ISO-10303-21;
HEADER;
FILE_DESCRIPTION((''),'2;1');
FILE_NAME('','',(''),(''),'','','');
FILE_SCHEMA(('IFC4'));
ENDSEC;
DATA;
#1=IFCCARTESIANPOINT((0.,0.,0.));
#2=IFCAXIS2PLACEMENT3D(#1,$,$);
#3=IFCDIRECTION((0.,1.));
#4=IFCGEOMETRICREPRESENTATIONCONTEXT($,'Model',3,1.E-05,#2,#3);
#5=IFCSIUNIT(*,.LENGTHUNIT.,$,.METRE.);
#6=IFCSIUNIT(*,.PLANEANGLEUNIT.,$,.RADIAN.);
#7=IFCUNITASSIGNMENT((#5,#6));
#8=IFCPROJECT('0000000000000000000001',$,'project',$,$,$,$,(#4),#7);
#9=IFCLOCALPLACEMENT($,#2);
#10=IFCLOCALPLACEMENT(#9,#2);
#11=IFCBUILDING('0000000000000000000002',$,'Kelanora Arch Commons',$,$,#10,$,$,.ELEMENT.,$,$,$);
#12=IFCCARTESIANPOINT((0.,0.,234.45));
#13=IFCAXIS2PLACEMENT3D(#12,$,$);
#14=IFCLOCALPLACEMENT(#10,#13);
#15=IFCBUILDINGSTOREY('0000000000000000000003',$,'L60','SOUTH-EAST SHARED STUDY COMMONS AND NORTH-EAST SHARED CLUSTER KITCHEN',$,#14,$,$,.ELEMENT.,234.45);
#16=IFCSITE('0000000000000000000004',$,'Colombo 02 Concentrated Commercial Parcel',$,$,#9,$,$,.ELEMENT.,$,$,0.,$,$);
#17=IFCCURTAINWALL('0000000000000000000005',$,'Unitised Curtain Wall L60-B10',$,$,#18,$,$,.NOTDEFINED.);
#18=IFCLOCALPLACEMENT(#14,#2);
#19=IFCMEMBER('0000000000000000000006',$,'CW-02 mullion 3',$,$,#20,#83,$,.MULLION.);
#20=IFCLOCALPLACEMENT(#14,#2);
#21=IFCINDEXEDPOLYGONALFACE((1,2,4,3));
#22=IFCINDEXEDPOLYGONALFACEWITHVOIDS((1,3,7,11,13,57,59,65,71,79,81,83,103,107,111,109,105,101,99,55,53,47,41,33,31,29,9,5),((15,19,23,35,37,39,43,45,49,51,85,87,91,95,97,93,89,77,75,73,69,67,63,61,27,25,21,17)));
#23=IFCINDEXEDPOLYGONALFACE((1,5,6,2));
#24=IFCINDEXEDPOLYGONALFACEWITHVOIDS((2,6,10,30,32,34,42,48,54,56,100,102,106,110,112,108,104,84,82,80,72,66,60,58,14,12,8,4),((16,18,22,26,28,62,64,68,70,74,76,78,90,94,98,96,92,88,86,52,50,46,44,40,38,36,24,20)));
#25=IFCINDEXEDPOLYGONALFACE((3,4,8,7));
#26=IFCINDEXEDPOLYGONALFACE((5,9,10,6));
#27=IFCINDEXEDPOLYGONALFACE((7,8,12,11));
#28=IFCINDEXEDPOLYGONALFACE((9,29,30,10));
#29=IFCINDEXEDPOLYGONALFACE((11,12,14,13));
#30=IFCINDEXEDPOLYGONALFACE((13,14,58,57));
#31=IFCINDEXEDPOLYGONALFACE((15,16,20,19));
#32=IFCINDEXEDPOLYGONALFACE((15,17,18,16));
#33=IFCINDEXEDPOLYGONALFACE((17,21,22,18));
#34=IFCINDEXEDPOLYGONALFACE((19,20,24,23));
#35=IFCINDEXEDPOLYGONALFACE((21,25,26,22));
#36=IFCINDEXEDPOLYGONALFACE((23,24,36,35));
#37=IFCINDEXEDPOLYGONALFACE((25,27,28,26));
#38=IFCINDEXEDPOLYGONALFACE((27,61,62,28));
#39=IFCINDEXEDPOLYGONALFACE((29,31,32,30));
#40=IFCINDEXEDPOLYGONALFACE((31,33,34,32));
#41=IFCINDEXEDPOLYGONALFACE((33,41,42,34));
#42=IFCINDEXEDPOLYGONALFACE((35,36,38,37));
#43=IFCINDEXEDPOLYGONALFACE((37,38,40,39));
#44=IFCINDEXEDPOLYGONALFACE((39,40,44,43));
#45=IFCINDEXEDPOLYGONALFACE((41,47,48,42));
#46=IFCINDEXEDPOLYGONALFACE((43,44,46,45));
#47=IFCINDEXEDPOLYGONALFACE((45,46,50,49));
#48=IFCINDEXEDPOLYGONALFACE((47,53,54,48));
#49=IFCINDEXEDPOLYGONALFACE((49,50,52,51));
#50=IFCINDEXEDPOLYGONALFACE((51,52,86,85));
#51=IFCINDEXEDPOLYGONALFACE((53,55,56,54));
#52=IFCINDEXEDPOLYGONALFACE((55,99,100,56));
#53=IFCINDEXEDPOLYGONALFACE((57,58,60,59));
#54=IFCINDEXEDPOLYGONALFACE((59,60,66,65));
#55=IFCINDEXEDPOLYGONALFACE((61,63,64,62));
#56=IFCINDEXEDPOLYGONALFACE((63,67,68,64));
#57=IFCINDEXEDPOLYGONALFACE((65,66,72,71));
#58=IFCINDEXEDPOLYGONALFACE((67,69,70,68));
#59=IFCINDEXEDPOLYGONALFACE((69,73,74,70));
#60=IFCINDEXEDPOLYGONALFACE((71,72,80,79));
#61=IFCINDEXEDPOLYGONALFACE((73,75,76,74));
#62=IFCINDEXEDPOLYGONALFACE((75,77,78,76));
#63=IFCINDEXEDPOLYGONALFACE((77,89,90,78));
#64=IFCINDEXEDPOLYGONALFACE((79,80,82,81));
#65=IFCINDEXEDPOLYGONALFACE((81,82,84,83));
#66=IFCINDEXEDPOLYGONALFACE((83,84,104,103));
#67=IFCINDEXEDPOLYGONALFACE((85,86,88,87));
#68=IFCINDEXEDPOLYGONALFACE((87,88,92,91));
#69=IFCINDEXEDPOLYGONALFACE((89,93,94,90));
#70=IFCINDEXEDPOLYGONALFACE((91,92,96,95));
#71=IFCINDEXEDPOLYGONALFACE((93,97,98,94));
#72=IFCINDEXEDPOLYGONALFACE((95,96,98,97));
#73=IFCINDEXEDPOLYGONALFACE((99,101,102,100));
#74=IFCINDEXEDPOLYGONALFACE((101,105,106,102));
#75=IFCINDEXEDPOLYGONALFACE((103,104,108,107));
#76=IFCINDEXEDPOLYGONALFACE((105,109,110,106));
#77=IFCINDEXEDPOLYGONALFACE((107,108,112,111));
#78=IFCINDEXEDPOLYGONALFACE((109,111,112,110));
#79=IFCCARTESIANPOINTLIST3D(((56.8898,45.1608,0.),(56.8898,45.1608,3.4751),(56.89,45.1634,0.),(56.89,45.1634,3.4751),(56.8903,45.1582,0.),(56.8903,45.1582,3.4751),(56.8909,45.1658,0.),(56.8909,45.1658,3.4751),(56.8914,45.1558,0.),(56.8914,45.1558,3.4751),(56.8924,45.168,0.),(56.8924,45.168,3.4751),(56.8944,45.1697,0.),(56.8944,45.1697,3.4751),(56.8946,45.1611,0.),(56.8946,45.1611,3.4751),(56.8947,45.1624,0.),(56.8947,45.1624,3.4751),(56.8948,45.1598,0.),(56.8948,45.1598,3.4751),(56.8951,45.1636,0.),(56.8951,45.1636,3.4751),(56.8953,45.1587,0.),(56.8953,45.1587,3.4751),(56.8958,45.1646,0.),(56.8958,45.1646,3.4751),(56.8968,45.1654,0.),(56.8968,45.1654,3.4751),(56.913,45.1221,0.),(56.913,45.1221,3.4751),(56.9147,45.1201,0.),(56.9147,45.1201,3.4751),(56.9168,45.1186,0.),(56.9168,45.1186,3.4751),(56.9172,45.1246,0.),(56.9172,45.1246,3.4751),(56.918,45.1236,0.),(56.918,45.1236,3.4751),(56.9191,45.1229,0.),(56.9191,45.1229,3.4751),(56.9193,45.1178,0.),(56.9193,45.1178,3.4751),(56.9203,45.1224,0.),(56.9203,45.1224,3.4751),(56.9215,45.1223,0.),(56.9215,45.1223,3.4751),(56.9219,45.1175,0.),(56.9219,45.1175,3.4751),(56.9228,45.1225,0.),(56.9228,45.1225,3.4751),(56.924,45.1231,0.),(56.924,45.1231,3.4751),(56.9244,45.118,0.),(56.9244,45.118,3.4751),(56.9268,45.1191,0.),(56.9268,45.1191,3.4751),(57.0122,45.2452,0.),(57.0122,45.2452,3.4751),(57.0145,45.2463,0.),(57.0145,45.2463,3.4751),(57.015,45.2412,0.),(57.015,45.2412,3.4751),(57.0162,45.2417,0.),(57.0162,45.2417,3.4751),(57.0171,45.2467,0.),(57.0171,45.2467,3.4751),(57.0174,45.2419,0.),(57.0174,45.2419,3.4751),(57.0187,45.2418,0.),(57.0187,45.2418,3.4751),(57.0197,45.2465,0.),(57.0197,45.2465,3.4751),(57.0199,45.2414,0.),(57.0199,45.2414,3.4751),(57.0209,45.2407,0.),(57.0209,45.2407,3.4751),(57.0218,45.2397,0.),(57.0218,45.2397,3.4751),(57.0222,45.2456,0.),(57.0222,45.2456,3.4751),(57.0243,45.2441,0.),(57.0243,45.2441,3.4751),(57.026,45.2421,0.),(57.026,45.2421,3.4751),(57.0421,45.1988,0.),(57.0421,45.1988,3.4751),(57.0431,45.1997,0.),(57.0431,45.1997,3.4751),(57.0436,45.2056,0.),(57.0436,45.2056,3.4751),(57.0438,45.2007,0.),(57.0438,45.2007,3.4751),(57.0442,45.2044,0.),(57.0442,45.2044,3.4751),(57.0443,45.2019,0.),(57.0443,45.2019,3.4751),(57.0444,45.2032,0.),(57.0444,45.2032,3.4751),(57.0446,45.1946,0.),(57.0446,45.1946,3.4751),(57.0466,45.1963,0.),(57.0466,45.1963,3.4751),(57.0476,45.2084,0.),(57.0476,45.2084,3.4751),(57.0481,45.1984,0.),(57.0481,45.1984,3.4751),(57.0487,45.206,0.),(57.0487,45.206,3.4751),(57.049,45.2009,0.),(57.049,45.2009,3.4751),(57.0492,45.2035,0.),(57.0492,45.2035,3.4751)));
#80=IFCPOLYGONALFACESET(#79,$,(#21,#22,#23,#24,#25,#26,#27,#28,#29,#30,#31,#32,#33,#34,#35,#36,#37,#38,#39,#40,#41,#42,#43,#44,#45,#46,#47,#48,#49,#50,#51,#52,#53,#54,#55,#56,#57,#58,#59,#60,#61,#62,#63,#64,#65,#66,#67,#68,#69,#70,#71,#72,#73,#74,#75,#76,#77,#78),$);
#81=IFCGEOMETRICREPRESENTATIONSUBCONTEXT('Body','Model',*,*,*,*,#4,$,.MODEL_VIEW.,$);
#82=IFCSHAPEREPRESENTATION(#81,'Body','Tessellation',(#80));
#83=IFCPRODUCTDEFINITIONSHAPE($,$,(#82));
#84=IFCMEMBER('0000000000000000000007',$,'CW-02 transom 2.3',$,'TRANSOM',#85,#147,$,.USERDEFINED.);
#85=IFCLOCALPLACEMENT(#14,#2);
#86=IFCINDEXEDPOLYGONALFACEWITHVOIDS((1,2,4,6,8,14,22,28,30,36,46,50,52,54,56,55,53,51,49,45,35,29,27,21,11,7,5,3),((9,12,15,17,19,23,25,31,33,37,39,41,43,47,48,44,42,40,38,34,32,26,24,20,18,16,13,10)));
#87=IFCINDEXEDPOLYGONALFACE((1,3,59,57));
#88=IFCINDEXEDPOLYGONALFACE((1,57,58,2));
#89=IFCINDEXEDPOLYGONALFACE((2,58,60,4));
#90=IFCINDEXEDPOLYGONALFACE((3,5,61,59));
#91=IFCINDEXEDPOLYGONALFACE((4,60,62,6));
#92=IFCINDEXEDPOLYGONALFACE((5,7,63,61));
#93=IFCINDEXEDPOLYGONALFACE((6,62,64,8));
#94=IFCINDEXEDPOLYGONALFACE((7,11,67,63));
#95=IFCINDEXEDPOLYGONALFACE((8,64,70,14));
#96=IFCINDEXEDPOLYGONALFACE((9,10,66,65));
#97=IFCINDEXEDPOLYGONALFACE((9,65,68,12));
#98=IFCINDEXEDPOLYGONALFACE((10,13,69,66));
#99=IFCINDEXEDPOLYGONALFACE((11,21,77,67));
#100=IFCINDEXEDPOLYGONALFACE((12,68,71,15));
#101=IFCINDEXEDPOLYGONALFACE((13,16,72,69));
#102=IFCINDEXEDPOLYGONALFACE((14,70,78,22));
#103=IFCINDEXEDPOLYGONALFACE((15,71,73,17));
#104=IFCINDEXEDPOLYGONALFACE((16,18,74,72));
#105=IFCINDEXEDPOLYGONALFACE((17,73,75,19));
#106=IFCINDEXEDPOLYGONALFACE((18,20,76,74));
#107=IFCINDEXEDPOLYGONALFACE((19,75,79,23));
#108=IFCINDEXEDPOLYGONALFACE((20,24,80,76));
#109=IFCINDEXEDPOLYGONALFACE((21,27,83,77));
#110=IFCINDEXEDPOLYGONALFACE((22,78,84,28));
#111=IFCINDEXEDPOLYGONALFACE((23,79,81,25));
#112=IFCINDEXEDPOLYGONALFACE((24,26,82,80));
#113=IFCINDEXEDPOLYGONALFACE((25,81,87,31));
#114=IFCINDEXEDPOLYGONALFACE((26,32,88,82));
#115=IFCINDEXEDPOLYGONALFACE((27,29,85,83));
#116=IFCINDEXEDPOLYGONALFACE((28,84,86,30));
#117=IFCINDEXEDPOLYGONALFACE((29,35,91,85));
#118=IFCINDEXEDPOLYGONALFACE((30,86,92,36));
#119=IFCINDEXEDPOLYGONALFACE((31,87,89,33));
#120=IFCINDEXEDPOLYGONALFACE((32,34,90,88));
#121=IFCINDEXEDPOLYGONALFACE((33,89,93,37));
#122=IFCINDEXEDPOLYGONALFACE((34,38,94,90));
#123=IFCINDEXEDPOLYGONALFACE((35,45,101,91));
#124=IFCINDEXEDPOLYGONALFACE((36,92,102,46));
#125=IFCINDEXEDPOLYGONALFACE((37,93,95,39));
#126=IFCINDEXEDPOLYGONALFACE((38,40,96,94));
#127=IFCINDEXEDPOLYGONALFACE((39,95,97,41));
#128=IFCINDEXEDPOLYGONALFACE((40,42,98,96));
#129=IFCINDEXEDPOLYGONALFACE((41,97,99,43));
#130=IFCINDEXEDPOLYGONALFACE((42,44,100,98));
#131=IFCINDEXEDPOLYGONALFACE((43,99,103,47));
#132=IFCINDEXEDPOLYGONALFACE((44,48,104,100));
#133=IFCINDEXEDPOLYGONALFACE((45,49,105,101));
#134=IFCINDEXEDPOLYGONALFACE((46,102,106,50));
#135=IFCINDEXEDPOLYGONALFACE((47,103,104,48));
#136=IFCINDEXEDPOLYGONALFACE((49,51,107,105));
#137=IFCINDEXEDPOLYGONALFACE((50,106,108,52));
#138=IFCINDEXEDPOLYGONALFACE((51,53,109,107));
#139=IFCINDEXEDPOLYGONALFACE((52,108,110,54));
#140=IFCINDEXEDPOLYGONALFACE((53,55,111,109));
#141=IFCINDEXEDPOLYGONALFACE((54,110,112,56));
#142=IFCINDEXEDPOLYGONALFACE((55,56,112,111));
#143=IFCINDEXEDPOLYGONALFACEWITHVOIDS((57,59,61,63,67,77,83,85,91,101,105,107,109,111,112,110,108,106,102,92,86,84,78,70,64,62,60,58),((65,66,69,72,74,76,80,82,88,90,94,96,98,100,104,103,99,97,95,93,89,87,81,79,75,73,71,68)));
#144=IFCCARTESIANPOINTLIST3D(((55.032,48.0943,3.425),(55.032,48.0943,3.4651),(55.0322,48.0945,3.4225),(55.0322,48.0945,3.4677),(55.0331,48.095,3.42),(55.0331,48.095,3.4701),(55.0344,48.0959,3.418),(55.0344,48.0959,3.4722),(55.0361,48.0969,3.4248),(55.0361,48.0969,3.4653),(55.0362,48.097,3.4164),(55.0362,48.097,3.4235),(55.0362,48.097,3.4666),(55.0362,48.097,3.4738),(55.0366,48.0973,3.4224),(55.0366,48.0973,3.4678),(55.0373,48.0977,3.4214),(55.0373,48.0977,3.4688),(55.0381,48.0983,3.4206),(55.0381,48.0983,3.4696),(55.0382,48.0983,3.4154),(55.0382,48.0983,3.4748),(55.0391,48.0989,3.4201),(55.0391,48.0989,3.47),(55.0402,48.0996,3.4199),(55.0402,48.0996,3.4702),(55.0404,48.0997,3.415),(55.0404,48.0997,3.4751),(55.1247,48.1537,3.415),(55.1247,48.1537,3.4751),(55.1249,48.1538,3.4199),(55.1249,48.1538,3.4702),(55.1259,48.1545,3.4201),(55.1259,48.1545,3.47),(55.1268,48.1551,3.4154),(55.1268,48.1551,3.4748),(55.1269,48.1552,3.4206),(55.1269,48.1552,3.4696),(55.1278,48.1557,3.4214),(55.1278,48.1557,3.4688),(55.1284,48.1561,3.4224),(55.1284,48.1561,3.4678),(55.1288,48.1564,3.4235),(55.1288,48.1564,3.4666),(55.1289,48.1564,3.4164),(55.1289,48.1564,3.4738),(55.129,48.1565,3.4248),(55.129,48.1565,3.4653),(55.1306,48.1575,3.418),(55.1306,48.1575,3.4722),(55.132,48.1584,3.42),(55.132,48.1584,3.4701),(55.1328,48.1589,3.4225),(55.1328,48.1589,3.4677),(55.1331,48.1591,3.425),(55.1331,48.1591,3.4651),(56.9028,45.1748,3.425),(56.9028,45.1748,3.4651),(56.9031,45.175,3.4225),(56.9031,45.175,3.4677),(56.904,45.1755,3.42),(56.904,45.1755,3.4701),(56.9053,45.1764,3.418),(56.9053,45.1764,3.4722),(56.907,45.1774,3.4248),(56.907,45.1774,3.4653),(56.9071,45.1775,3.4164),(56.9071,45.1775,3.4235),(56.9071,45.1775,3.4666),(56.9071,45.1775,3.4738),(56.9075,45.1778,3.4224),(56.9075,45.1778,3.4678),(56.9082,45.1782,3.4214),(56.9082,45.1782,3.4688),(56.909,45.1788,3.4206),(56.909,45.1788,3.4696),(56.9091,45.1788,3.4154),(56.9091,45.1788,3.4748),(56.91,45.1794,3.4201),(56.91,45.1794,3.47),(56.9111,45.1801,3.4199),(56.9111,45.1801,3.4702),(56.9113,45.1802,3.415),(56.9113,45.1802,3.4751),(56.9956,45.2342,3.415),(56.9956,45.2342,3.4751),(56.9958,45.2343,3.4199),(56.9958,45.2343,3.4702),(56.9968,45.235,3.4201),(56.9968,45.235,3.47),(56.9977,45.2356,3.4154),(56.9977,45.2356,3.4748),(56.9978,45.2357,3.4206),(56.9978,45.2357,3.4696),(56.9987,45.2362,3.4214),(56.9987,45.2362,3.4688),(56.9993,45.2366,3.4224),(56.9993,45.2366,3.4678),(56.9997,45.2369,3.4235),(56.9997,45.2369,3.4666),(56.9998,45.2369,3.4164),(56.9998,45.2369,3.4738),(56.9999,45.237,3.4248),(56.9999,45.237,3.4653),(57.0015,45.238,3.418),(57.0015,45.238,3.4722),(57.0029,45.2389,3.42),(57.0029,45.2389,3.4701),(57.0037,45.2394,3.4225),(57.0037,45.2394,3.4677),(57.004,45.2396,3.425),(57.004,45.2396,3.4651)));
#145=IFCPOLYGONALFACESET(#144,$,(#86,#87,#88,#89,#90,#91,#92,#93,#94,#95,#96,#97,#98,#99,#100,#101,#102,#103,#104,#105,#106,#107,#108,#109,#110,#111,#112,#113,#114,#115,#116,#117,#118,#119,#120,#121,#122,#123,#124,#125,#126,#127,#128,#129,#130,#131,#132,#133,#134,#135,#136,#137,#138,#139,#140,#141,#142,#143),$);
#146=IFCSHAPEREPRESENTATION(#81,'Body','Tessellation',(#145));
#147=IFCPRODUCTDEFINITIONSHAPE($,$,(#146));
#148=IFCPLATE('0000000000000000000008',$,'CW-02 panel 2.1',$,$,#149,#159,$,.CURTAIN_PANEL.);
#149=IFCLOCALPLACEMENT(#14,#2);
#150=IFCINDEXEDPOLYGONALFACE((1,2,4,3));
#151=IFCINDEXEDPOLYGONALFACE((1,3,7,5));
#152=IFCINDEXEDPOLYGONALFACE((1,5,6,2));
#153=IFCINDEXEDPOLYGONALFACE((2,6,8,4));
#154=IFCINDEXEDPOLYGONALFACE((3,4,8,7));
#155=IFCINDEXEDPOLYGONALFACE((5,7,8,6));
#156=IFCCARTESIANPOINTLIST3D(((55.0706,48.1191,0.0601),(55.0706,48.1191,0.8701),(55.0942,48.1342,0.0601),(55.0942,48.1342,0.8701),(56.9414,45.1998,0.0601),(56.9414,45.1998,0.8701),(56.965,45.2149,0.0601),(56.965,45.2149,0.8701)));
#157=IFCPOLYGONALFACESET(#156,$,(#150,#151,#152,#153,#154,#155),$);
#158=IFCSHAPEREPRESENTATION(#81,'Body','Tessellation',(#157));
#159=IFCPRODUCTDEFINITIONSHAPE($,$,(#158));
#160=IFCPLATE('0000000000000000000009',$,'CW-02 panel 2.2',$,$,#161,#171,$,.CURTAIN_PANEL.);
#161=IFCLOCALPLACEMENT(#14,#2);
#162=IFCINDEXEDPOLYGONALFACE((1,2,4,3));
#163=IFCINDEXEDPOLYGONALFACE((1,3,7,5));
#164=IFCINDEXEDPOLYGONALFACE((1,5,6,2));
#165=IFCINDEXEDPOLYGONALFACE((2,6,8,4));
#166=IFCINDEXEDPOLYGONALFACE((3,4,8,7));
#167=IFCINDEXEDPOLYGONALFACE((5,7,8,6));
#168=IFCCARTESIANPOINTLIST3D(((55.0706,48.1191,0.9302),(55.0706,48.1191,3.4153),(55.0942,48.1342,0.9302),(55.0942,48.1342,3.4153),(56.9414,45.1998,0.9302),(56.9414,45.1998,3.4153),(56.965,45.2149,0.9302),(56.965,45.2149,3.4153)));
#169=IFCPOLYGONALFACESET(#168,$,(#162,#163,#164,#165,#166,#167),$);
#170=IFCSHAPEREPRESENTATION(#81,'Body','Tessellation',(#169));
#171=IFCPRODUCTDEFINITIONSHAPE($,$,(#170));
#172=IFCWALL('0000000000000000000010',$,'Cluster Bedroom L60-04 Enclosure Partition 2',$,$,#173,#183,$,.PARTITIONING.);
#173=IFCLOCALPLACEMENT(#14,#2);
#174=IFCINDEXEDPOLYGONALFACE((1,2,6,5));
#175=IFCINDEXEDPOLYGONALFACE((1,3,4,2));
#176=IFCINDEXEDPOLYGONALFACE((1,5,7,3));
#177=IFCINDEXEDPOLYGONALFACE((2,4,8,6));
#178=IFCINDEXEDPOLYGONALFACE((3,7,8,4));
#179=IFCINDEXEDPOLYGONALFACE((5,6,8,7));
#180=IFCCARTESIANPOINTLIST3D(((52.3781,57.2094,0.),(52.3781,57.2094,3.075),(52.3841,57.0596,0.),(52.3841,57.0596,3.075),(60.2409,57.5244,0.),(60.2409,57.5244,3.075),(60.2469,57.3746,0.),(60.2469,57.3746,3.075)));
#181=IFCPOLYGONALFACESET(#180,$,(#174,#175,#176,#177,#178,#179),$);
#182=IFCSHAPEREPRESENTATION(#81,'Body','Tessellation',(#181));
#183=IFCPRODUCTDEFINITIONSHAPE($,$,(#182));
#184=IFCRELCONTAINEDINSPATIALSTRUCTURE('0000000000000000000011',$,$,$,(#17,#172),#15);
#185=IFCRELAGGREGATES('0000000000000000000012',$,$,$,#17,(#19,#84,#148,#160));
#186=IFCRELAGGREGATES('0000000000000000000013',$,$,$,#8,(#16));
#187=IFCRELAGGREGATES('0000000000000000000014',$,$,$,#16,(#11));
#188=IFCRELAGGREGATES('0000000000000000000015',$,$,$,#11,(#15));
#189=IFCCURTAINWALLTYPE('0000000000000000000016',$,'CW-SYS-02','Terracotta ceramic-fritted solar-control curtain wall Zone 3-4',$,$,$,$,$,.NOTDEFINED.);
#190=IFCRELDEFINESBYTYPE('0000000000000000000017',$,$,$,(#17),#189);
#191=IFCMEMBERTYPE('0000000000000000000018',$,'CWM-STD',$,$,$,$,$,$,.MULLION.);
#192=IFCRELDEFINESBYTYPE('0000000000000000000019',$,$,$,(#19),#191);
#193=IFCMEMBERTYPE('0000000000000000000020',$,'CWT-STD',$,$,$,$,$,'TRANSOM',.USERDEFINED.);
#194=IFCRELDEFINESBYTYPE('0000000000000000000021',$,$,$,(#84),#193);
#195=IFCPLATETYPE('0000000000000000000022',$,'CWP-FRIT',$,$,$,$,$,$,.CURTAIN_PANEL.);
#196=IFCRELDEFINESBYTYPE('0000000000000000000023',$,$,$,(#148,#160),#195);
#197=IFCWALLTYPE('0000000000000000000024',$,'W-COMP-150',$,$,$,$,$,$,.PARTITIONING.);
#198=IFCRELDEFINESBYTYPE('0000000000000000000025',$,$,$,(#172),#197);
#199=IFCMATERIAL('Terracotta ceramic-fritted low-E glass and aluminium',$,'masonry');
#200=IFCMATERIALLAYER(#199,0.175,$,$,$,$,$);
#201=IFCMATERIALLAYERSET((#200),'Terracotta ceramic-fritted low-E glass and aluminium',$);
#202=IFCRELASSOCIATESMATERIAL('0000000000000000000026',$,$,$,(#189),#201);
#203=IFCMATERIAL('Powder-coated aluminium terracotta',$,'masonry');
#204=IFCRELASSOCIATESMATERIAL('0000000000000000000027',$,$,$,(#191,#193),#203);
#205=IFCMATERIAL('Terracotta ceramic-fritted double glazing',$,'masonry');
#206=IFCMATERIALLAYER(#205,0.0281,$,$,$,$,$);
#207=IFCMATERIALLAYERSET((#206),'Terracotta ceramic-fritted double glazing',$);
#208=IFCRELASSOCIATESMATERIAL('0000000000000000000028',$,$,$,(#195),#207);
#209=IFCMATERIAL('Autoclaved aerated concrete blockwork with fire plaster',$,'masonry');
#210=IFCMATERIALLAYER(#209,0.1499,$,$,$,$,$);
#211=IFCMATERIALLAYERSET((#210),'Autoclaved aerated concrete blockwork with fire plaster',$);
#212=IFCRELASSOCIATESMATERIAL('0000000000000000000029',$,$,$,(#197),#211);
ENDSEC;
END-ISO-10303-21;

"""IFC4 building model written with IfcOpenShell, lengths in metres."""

from ifc_helpers import new_model, si_unit, direction, frame, frame_2d, origin, origin_2d, place, context, subcontext, project, spatial, rectangle, hollow_rectangle, extrude, source, transform, mapped, material, layer, layer_set, material_profile, profile_set, type_object, element, aggregate, save


model = new_model("IFC4")

# Units and contexts
model_context = context("Model", 3, precision=1e-05, world=origin(), true_north=direction((0.0, 1.0)))
body_context = subcontext(model_context, "Body", "Model", "MODEL_VIEW")
ifc_project = project(units=[si_unit("LENGTHUNIT", "METRE"), si_unit("PLANEANGLEUNIT", "RADIAN")], contexts=[model_context])

# Site, building, storey
site_placement = place(None, origin())
site = spatial("IfcSite", under=ifc_project, at=site_placement, Name="Colombo 02 Concentrated Commercial Parcel", CompositionType="ELEMENT", RefElevation=0.0)
building_placement = place(site_placement, origin())
building = spatial("IfcBuilding", under=site, at=building_placement, Name="Kelanora Arch Commons", CompositionType="ELEMENT")
storey_placement = place(building_placement, frame((0.0, 0.0, 234.45)))
storey = spatial("IfcBuildingStorey", under=building, at=storey_placement, Name="L60", Description="SOUTH-EAST SHARED STUDY COMMONS AND NORTH-EAST SHARED CLUSTER KITCHEN", CompositionType="ELEMENT", Elevation=234.45)

# Curtain wall, members, plates
ifc_material_1 = material(Name="Terracotta ceramic-fritted low-E glass and aluminium", Category="masonry")
ifc_layer_1 = layer(ifc_material_1, 0.175)
ifc_layer_set_1 = layer_set([ifc_layer_1], Name="Terracotta ceramic-fritted low-E glass and aluminium")
curtain_wall_type = type_object("IfcCurtainWallType", Name="CW-SYS-02", Description="Terracotta ceramic-fritted solar-control curtain wall Zone 3-4", PredefinedType="NOTDEFINED", material=ifc_layer_set_1)
curtain_wall_placement = place(storey_placement, origin())
curtain_wall = element("IfcCurtainWall", 1, at=curtain_wall_placement, inside=storey, type_object=curtain_wall_type, Name="Unitised Curtain Wall L60-B10", PredefinedType="NOTDEFINED")
ifc_material_2 = material(Name="Powder-coated aluminium terracotta", Category="masonry")
ifc_material_profile_1 = material_profile(ifc_material_2, hollow_rectangle(XDim=0.1599, YDim=0.0601, WallThickness=0.0049, InnerFilletRadius=0.0049, OuterFilletRadius=0.01, at=origin_2d()), Name="CWM160x60")
ifc_profile_set_1 = profile_set([ifc_material_profile_1], Name="Powder-coated aluminium terracotta")
member_type_1 = type_object("IfcMemberType", Name="CWM-STD", PredefinedType="MULLION", material=ifc_profile_set_1)
member_1_placement = place(storey_placement, frame((56.9695, 45.1821, 0.0), z_axis=(0.0, 0.0, 1.0), x_axis=(0.841948, 0.539559, 0.0)))
member_1 = element("IfcMember", 2, at=member_1_placement, type_object=member_type_1, Name="CW-02 mullion 3", PredefinedType="MULLION", context=body_context, shape_type="SweptSolid", body=[
    extrude(hollow_rectangle(XDim=0.1599, YDim=0.0601, WallThickness=0.0049, InnerFilletRadius=0.0049, OuterFilletRadius=0.01, at=origin_2d()), origin(), (0.0, 0.0, 1.0), 3.4751),
])
ifc_material_profile_2 = material_profile(ifc_material_2, hollow_rectangle(XDim=0.1201, YDim=0.0601, WallThickness=0.0049, InnerFilletRadius=0.0049, OuterFilletRadius=0.01, at=origin_2d()), Name="CWT120x60")
ifc_profile_set_2 = profile_set([ifc_material_profile_2], Name="Powder-coated aluminium terracotta")
member_type_2 = type_object("IfcMemberType", Name="CWT-STD", ElementType="TRANSOM", PredefinedType="USERDEFINED", material=ifc_profile_set_2)
member_2_placement = place(storey_placement, frame((55.0825, 48.1267, 3.4451), z_axis=(0.539547, -0.841955, 0.0), x_axis=(0.841955, 0.539547, 0.0)))
member_2 = element("IfcMember", 3, at=member_2_placement, type_object=member_type_2, Name="CW-02 transom 2.3", ObjectType="TRANSOM", PredefinedType="USERDEFINED", context=body_context, shape_type="SweptSolid", body=[
    extrude(hollow_rectangle(XDim=0.1201, YDim=0.0601, WallThickness=0.0049, InnerFilletRadius=0.0049, OuterFilletRadius=0.01, at=origin_2d()), origin(), (0.0, 0.0, 1.0), 3.4675),
])
ifc_material_3 = material(Name="Terracotta ceramic-fritted double glazing", Category="masonry")
ifc_layer_2 = layer(ifc_material_3, 0.0281)
ifc_layer_set_2 = layer_set([ifc_layer_2], Name="Terracotta ceramic-fritted double glazing")
plate_type = type_object("IfcPlateType", Name="CWP-FRIT", PredefinedType="CURTAIN_PANEL", material=ifc_layer_set_2)
shared_shape_1 = source(origin(), body_context, "Body", "SweptSolid", [
    extrude(rectangle(XDim=3.4673, YDim=0.0281, at=origin_2d()), origin(), (0.0, 0.0, 1.0), 0.8101),
])
plate_1_placement = place(storey_placement, frame((56.0178, 46.667, 0.0601), z_axis=(0.0, 0.0, 1.0), x_axis=(0.539559, -0.841948, 0.0)))
plate_1 = element("IfcPlate", 4, at=plate_1_placement, type_object=plate_type, Name="CW-02 panel 2.1", PredefinedType="CURTAIN_PANEL", context=body_context, shape_type="MappedRepresentation", body=[
    mapped(shared_shape_1, transform((0.0, 0.0, 0.0), scale=1.0)),
])
shared_shape_2 = source(origin(), body_context, "Body", "SweptSolid", [
    extrude(rectangle(XDim=3.4673, YDim=0.0281, at=origin_2d()), origin(), (0.0, 0.0, 1.0), 2.4851),
])
plate_2_placement = place(storey_placement, frame((56.0178, 46.667, 0.9302), z_axis=(0.0, 0.0, 1.0), x_axis=(0.539559, -0.841948, 0.0)))
plate_2 = element("IfcPlate", 5, at=plate_2_placement, type_object=plate_type, Name="CW-02 panel 2.2", PredefinedType="CURTAIN_PANEL", context=body_context, shape_type="MappedRepresentation", body=[
    mapped(shared_shape_2, transform((0.0, 0.0, 0.0), scale=1.0)),
])
aggregate(curtain_wall, [member_1, member_2, plate_1, plate_2])

# Wall
ifc_material_4 = material(Name="Autoclaved aerated concrete blockwork with fire plaster", Category="masonry")
ifc_layer_3 = layer(ifc_material_4, 0.1499)
ifc_layer_set_3 = layer_set([ifc_layer_3], Name="Autoclaved aerated concrete blockwork with fire plaster")
wall_type_1 = type_object("IfcWallType", Name="W-COMP-150", PredefinedType="PARTITIONING", material=ifc_layer_set_3)
wall_1_placement = place(storey_placement, frame((60.2439, 57.4495, 0.0), z_axis=(0.0, 0.0, 1.0), x_axis=(-0.999199, -0.040023, 0.0)))
element("IfcWall", 6, at=wall_1_placement, inside=storey, type_object=wall_type_1, Name="Cluster Bedroom L60-04 Enclosure Partition 2", PredefinedType="PARTITIONING", context=body_context, shape_type="SweptSolid", body=[
    extrude(rectangle(XDim=7.8691, YDim=0.1499, at=frame_2d((3.9346, 0.0))), origin(), (0.0, 0.0, 1.0), 3.075),
])

save(model, "model.ifc")
